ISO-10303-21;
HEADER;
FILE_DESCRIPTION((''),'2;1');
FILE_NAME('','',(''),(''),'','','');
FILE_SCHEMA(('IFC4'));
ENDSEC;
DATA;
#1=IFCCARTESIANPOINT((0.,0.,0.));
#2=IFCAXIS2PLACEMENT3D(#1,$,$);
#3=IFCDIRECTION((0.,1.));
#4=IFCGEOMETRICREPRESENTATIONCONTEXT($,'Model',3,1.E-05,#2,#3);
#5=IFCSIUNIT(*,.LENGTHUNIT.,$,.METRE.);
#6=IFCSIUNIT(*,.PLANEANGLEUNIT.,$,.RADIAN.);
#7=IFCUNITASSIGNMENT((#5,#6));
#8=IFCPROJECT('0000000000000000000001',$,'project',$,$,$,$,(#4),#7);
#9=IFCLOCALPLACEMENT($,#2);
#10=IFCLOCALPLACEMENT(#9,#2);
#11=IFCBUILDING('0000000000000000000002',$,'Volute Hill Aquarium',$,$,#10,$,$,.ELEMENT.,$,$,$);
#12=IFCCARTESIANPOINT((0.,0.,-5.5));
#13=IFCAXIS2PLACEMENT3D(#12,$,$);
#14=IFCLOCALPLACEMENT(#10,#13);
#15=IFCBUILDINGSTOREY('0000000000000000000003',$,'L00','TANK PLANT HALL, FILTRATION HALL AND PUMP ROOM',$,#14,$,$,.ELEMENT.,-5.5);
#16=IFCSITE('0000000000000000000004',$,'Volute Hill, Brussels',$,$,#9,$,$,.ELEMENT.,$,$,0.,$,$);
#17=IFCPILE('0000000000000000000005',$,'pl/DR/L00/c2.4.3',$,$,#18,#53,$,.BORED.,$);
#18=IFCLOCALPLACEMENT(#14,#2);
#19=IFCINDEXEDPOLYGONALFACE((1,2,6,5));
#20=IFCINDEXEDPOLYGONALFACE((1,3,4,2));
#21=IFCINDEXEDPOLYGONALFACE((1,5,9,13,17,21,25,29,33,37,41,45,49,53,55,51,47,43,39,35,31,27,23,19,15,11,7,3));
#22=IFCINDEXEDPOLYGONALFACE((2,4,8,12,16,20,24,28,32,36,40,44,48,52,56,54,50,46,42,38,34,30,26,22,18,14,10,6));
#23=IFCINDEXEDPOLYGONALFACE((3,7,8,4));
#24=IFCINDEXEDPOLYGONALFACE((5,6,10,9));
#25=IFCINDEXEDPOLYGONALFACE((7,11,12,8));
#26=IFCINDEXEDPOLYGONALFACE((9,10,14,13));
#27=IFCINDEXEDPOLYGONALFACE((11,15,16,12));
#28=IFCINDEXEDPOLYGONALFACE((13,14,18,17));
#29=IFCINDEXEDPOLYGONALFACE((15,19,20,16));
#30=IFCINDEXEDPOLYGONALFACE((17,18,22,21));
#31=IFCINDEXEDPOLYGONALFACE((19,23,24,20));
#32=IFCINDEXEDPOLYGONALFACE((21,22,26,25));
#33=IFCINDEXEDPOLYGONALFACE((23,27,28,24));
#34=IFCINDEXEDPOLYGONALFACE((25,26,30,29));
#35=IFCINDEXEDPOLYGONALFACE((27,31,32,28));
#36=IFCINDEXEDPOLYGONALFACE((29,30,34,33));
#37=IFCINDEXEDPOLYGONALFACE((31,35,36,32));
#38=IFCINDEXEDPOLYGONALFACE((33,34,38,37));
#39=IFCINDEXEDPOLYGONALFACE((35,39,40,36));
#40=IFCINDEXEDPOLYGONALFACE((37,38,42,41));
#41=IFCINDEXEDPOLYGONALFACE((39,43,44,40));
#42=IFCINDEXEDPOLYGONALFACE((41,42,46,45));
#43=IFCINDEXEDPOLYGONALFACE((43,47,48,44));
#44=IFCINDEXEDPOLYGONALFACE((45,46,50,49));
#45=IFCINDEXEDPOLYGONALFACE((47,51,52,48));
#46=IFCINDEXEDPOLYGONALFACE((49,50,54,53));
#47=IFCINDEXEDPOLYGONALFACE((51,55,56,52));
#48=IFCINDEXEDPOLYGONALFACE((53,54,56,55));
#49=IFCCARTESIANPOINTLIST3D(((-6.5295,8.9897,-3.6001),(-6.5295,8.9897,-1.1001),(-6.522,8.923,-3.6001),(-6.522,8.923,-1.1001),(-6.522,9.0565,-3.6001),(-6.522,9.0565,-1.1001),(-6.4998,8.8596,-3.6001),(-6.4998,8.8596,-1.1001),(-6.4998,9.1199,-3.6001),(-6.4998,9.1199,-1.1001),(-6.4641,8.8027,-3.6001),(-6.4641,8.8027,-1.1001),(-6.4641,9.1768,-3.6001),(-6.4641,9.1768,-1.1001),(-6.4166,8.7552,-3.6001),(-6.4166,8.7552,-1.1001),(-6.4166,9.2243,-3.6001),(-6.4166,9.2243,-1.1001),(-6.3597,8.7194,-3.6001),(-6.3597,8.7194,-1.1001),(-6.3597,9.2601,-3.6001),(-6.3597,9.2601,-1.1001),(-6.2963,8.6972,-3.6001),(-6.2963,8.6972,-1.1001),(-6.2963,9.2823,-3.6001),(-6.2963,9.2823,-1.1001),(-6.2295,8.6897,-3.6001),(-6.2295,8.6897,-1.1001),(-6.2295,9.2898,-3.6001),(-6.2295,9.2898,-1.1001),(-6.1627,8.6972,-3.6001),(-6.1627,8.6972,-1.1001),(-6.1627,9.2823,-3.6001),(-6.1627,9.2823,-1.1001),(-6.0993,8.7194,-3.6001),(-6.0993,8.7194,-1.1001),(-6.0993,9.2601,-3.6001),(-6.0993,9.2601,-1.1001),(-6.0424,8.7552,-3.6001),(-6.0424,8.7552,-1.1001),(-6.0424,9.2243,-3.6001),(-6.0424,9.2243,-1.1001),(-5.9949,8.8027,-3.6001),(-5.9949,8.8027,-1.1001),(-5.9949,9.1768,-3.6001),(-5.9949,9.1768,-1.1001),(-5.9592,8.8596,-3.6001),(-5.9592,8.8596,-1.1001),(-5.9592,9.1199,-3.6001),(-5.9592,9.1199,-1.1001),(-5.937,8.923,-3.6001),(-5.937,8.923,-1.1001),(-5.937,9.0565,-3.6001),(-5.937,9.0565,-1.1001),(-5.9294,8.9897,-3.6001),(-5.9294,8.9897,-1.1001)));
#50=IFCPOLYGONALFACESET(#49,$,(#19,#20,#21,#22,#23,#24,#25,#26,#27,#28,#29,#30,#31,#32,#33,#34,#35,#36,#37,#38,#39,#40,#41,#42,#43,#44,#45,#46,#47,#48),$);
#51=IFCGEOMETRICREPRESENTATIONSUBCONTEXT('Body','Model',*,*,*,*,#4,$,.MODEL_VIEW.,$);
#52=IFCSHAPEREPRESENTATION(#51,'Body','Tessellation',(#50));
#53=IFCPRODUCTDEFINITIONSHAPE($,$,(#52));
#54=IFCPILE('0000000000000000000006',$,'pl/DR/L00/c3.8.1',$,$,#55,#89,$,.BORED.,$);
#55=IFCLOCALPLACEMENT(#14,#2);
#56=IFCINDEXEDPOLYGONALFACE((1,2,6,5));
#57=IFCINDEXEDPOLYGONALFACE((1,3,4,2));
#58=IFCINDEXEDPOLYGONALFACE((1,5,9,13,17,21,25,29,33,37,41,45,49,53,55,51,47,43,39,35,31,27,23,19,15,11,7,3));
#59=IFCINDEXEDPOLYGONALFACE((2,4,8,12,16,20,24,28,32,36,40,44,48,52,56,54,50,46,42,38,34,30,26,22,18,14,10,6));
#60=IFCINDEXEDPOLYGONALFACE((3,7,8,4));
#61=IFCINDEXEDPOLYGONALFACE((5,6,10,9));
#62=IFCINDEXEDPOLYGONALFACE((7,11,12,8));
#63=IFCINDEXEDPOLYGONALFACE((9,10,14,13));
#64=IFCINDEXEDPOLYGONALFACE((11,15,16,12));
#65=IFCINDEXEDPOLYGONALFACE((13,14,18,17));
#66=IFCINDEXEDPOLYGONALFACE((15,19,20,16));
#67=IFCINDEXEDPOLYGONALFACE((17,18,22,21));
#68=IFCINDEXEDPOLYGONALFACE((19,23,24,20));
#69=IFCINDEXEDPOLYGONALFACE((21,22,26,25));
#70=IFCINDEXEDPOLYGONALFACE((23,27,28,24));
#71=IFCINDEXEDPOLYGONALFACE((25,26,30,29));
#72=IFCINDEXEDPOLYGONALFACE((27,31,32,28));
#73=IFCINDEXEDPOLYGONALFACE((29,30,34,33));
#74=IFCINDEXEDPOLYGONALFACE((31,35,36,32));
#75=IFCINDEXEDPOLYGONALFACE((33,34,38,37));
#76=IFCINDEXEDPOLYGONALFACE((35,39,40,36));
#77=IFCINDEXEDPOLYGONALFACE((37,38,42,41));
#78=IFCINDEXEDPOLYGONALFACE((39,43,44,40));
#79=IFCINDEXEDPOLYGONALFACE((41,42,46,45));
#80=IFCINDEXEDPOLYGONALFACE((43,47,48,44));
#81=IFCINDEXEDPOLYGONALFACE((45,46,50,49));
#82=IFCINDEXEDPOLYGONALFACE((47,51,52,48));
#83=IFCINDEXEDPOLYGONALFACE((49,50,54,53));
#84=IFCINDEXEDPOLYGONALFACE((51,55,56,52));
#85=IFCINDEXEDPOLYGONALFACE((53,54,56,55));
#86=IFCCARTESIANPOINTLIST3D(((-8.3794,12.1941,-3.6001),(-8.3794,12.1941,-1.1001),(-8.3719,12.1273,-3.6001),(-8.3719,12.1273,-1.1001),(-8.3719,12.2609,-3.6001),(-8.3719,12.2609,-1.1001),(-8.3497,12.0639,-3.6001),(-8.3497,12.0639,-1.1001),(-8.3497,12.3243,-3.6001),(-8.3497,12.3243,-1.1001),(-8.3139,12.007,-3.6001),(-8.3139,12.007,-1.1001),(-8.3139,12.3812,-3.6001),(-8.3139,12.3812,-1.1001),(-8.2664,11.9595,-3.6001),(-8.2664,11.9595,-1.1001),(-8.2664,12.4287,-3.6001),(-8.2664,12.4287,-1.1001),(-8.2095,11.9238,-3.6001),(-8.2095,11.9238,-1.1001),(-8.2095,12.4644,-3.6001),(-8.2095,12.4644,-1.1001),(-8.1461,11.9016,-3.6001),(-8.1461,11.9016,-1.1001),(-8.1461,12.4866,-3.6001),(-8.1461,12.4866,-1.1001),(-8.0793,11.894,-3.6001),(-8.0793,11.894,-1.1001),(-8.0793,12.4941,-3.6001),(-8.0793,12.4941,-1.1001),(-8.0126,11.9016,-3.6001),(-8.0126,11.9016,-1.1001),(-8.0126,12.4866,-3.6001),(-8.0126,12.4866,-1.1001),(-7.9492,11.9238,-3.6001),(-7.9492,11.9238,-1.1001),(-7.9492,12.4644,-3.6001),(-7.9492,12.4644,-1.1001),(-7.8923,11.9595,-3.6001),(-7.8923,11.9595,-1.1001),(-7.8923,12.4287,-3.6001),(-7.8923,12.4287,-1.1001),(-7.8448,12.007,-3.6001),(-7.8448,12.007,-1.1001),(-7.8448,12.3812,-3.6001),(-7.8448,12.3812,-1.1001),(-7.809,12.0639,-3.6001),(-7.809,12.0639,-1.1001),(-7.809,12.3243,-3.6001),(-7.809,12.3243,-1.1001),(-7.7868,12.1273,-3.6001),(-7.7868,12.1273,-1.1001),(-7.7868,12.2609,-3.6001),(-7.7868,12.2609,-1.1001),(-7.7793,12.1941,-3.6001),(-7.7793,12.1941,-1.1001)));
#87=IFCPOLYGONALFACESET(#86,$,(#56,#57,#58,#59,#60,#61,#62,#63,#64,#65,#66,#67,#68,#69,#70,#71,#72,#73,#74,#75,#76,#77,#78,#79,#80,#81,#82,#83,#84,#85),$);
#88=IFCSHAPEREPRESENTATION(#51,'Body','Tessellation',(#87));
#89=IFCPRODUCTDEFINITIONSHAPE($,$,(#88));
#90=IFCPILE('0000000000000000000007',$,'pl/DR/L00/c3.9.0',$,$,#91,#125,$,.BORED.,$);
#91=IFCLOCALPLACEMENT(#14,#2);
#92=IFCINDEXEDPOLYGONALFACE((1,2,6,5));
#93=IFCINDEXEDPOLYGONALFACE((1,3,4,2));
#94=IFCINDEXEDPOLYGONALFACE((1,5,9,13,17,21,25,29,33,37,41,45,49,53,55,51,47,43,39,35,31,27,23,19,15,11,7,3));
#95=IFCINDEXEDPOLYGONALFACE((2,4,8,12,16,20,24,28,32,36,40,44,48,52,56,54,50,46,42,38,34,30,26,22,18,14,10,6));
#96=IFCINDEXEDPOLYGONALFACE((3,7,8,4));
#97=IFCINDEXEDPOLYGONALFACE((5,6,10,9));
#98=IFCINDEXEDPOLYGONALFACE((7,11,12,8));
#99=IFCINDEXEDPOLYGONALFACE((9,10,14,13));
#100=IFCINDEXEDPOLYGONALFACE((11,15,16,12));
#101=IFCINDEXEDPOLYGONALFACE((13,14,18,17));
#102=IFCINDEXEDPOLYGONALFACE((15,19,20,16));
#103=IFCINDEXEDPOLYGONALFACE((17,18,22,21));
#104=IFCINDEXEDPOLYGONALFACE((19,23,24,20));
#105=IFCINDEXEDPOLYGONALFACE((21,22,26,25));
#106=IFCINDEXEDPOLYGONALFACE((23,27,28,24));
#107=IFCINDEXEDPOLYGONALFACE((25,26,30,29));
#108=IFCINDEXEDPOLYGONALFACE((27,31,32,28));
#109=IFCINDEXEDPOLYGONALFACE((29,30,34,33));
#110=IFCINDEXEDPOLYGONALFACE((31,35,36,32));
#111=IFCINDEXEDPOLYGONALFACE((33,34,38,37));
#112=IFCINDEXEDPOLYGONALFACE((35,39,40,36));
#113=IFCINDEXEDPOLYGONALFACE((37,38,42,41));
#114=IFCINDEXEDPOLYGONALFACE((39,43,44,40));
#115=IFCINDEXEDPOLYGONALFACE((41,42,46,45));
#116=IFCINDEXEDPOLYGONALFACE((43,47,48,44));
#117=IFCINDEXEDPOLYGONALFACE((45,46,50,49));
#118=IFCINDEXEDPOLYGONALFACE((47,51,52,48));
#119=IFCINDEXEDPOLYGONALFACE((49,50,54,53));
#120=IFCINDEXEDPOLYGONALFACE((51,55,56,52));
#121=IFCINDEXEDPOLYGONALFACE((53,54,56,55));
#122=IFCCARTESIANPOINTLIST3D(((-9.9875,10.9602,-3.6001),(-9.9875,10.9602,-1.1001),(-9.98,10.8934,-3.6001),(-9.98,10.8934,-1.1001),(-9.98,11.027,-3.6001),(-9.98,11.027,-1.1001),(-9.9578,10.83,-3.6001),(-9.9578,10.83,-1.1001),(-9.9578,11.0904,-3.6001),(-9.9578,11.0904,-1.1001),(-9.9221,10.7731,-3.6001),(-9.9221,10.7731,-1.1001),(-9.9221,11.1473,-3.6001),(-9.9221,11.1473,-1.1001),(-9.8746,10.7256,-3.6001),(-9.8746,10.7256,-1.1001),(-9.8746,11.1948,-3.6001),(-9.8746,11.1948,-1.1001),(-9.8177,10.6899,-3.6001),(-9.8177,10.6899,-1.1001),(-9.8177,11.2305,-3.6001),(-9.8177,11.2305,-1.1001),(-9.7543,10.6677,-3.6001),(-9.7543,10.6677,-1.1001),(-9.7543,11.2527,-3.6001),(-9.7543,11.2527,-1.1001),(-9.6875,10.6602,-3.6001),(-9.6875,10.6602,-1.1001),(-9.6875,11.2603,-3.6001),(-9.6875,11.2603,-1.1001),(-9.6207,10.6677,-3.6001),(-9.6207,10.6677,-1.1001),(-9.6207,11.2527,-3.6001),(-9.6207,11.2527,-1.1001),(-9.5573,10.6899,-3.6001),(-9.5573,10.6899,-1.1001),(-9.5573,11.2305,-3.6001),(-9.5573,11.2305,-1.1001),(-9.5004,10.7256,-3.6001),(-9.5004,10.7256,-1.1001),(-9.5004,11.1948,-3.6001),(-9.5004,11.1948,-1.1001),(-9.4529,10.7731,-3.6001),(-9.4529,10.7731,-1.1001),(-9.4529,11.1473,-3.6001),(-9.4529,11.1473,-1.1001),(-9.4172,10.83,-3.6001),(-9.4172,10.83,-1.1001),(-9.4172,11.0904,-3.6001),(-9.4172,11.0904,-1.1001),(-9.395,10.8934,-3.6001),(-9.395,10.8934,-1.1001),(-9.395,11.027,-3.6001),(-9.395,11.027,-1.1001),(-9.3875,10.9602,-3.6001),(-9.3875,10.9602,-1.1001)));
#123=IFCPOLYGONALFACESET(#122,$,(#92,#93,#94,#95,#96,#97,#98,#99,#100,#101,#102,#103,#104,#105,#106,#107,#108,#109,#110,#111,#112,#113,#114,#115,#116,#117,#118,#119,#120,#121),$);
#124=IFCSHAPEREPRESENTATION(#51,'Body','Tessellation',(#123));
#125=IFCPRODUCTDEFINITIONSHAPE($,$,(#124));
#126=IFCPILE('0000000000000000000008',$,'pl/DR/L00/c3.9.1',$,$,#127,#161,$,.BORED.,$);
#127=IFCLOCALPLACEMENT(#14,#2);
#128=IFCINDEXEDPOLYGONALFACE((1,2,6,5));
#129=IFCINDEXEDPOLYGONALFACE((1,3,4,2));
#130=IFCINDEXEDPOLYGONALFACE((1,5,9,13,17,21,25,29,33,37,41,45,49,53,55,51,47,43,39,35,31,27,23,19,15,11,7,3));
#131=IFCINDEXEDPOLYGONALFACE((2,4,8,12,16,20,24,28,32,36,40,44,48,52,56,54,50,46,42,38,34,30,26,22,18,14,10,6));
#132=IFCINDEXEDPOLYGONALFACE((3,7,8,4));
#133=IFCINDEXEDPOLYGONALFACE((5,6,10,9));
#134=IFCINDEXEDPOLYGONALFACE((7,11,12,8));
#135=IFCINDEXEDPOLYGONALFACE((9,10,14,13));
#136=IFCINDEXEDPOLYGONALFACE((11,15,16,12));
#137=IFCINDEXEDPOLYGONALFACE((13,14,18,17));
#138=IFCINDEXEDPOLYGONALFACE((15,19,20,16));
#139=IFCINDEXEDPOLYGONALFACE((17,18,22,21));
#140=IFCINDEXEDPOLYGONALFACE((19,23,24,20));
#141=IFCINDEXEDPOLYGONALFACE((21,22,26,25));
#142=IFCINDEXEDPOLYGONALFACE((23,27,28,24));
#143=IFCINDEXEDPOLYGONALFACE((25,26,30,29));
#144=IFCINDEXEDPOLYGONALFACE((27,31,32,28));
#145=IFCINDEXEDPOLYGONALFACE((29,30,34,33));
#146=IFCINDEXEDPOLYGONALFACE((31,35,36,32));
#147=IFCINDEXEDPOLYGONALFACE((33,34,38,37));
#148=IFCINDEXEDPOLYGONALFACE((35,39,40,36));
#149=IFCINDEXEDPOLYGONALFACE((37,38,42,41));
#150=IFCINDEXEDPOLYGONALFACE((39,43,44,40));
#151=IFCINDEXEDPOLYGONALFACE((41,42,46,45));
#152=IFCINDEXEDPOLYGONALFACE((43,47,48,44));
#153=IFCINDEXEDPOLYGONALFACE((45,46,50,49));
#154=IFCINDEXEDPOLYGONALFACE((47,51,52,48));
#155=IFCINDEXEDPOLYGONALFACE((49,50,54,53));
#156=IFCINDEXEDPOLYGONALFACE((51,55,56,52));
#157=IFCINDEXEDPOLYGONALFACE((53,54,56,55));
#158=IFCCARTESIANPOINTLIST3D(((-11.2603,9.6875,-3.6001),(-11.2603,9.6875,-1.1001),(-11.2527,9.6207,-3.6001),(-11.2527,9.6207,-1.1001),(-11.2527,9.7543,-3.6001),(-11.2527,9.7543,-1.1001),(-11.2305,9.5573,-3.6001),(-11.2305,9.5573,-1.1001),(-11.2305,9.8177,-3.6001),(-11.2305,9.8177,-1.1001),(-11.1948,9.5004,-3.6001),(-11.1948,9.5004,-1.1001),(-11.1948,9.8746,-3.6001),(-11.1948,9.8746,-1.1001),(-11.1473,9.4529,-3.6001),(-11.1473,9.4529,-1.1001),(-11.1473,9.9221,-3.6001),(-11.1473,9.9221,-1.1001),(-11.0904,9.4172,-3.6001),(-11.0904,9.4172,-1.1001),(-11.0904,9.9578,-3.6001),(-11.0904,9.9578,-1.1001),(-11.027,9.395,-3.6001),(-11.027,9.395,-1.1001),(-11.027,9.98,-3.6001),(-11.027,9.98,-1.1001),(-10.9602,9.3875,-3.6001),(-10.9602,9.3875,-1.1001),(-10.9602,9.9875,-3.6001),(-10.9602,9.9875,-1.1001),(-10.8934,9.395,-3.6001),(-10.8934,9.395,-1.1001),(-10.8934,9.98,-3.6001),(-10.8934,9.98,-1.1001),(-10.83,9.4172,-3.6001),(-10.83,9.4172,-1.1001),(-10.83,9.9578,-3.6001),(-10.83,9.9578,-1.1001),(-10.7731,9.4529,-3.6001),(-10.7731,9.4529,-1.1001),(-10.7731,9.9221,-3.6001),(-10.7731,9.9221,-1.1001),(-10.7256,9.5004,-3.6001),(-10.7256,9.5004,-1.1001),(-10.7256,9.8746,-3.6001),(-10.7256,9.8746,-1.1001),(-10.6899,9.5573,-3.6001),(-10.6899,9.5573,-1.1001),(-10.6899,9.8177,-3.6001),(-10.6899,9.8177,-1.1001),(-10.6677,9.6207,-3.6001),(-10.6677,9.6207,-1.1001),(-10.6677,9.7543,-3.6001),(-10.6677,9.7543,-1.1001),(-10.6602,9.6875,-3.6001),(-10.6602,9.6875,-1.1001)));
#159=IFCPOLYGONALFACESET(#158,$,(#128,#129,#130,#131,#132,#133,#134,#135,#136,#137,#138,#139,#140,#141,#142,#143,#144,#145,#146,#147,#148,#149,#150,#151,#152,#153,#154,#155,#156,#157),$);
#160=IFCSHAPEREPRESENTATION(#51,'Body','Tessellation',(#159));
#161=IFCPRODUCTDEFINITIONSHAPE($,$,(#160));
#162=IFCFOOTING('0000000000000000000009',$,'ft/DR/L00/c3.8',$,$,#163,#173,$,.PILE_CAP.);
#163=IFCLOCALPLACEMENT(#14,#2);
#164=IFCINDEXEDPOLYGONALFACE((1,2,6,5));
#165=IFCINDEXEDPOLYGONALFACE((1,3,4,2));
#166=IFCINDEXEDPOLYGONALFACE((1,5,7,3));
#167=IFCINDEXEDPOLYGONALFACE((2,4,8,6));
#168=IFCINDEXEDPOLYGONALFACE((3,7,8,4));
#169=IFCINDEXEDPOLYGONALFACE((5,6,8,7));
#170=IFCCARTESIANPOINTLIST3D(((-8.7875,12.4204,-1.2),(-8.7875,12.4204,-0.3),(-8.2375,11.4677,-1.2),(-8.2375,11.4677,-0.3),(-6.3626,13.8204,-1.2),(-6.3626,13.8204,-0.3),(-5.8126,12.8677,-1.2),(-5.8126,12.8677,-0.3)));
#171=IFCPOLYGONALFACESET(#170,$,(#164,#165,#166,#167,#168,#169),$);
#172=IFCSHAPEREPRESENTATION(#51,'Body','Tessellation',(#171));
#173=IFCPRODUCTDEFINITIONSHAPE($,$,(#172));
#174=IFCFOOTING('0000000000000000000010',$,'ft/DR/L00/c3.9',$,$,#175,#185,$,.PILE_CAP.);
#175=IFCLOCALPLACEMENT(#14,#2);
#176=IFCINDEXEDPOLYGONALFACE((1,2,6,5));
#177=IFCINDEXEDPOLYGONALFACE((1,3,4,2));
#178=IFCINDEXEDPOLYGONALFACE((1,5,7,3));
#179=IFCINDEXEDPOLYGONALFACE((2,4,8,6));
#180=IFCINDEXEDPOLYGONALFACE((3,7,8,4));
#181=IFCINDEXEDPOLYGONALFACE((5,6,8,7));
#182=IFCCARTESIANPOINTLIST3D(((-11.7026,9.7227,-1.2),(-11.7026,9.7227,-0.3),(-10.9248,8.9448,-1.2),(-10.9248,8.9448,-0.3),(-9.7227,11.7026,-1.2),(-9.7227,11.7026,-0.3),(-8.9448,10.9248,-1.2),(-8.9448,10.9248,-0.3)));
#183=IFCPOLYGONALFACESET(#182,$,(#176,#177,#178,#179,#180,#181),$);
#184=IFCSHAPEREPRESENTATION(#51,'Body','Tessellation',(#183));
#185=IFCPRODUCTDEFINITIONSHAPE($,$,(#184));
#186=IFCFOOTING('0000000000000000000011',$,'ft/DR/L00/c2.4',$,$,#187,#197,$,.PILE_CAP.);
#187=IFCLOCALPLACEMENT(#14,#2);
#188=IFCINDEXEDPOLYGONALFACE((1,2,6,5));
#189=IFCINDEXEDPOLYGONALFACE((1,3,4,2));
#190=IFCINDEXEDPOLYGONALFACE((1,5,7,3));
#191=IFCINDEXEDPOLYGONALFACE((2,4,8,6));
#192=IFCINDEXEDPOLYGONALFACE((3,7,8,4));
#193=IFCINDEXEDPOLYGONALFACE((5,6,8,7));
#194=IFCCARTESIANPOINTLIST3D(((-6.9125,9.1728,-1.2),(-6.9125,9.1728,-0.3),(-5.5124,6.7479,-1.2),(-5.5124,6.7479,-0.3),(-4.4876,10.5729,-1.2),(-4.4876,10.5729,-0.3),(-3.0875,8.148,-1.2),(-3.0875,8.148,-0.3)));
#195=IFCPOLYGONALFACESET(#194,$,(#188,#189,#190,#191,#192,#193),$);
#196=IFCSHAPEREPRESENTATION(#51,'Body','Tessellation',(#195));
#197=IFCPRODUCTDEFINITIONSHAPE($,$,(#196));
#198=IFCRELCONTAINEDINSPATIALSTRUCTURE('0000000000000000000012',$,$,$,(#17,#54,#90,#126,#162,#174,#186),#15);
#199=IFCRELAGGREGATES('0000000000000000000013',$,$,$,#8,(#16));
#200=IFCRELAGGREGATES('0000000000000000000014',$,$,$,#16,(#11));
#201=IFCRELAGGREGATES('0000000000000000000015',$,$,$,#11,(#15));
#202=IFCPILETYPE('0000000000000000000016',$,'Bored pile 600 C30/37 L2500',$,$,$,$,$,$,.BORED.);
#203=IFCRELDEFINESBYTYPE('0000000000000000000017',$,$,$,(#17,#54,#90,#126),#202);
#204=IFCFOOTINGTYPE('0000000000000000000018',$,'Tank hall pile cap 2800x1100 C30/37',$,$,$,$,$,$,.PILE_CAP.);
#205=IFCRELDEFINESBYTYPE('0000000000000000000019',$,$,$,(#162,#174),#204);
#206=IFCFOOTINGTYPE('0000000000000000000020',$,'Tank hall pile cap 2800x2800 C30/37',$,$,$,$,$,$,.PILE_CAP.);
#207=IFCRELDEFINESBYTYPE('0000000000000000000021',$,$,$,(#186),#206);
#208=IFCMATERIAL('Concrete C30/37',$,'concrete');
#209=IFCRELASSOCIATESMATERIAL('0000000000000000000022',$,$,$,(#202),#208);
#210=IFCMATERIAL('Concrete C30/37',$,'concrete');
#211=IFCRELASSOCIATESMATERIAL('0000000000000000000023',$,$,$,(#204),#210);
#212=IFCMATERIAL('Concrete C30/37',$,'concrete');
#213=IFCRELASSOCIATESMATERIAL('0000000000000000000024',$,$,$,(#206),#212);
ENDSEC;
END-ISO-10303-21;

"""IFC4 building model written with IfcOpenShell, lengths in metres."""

from ifc_helpers import new_model, si_unit, direction, frame, origin, origin_2d, place, context, subcontext, project, spatial, rectangle, circle, extrude, material, type_object, element, save


model = new_model("IFC4")

# Units and contexts
model_context = context("Model", 3, precision=1e-05, world=origin(), true_north=direction((0.0, 1.0)))
body_context = subcontext(model_context, "Body", "Model", "MODEL_VIEW")
ifc_project = project(units=[si_unit("LENGTHUNIT", "METRE"), si_unit("PLANEANGLEUNIT", "RADIAN")], contexts=[model_context])

# Site, building, storey
site_placement = place(None, origin())
site = spatial("IfcSite", under=ifc_project, at=site_placement, Name="Volute Hill, Brussels", CompositionType="ELEMENT", RefElevation=0.0)
building_placement = place(site_placement, origin())
building = spatial("IfcBuilding", under=site, at=building_placement, Name="Volute Hill Aquarium", CompositionType="ELEMENT")
storey_placement = place(building_placement, frame((0.0, 0.0, -5.5)))
storey = spatial("IfcBuildingStorey", under=building, at=storey_placement, Name="L00", Description="TANK PLANT HALL, FILTRATION HALL AND PUMP ROOM", CompositionType="ELEMENT", Elevation=-5.5)

# Piles
ifc_material_1 = material(Name="Concrete C30/37", Category="concrete")
pile_type = type_object("IfcPileType", Name="Bored pile 600 C30/37 L2500", PredefinedType="BORED", material=ifc_material_1)
for number, where, z_axis, x_axis, name in (
    (1, (-6.2295, 8.9897, -1.1001), (0.0, 0.0, -1.0), (1.0, 0.0, 0.0), "pl/DR/L00/c2.4.3"),
    (2, (-8.0793, 12.1941, -1.1001), (0.0, 0.0, -1.0), (1.0, 0.0, 0.0), "pl/DR/L00/c3.8.1"),
    (3, (-9.6875, 10.9602, -1.1001), (0.0, 0.0, -1.0), (1.0, 0.0, 0.0), "pl/DR/L00/c3.9.0"),
    (4, (-10.9602, 9.6875, -1.1001), (0.0, 0.0, -1.0), (1.0, 0.0, 0.0), "pl/DR/L00/c3.9.1"),
):
    element("IfcPile", number, at=place(storey_placement, frame(where, z_axis=z_axis, x_axis=x_axis)), inside=storey, type_object=pile_type, Name=name, PredefinedType="BORED", context=body_context, shape_type="SweptSolid", body=[
        extrude(circle(Radius=0.3, at=origin_2d()), origin(), (0.0, 0.0, 1.0), 2.5),
    ])

# Footings
ifc_material_2 = material(Name="Concrete C30/37", Category="concrete")
footing_type_1 = type_object("IfcFootingType", Name="Tank hall pile cap 2800x1100 C30/37", PredefinedType="PILE_CAP", material=ifc_material_2)
for number, where, z_axis, x_axis, name in (
    (5, (-7.3, 12.644, -1.2), (0.0, 0.0, 1.0), (-0.866025, -0.5, 0.0), "ft/DR/L00/c3.8"),
    (6, (-10.3237, 10.3237, -1.2), (0.0, 0.0, 1.0), (-0.707107, -0.707107, 0.0), "ft/DR/L00/c3.9"),
):
    element("IfcFooting", number, at=place(storey_placement, frame(where, z_axis=z_axis, x_axis=x_axis)), inside=storey, type_object=footing_type_1, Name=name, PredefinedType="PILE_CAP", context=body_context, shape_type="SweptSolid", body=[
        extrude(rectangle(XDim=2.8, YDim=1.1001, at=origin_2d()), origin(), (0.0, 0.0, 1.0), 0.8999),
    ])
ifc_material_3 = material(Name="Concrete C30/37", Category="concrete")
footing_type_2 = type_object("IfcFootingType", Name="Tank hall pile cap 2800x2800 C30/37", PredefinedType="PILE_CAP", material=ifc_material_3)
footing_placement = place(storey_placement, frame((-5.0, 8.6604, -1.2), z_axis=(0.0, 0.0, 1.0), x_axis=(-0.866025, -0.5, 0.0)))
element("IfcFooting", 7, at=footing_placement, inside=storey, type_object=footing_type_2, Name="ft/DR/L00/c2.4", PredefinedType="PILE_CAP", context=body_context, shape_type="SweptSolid", body=[
    extrude(rectangle(XDim=2.8, YDim=2.8, at=origin_2d()), origin(), (0.0, 0.0, 1.0), 0.8999),
])

save(model, "model.ifc")
